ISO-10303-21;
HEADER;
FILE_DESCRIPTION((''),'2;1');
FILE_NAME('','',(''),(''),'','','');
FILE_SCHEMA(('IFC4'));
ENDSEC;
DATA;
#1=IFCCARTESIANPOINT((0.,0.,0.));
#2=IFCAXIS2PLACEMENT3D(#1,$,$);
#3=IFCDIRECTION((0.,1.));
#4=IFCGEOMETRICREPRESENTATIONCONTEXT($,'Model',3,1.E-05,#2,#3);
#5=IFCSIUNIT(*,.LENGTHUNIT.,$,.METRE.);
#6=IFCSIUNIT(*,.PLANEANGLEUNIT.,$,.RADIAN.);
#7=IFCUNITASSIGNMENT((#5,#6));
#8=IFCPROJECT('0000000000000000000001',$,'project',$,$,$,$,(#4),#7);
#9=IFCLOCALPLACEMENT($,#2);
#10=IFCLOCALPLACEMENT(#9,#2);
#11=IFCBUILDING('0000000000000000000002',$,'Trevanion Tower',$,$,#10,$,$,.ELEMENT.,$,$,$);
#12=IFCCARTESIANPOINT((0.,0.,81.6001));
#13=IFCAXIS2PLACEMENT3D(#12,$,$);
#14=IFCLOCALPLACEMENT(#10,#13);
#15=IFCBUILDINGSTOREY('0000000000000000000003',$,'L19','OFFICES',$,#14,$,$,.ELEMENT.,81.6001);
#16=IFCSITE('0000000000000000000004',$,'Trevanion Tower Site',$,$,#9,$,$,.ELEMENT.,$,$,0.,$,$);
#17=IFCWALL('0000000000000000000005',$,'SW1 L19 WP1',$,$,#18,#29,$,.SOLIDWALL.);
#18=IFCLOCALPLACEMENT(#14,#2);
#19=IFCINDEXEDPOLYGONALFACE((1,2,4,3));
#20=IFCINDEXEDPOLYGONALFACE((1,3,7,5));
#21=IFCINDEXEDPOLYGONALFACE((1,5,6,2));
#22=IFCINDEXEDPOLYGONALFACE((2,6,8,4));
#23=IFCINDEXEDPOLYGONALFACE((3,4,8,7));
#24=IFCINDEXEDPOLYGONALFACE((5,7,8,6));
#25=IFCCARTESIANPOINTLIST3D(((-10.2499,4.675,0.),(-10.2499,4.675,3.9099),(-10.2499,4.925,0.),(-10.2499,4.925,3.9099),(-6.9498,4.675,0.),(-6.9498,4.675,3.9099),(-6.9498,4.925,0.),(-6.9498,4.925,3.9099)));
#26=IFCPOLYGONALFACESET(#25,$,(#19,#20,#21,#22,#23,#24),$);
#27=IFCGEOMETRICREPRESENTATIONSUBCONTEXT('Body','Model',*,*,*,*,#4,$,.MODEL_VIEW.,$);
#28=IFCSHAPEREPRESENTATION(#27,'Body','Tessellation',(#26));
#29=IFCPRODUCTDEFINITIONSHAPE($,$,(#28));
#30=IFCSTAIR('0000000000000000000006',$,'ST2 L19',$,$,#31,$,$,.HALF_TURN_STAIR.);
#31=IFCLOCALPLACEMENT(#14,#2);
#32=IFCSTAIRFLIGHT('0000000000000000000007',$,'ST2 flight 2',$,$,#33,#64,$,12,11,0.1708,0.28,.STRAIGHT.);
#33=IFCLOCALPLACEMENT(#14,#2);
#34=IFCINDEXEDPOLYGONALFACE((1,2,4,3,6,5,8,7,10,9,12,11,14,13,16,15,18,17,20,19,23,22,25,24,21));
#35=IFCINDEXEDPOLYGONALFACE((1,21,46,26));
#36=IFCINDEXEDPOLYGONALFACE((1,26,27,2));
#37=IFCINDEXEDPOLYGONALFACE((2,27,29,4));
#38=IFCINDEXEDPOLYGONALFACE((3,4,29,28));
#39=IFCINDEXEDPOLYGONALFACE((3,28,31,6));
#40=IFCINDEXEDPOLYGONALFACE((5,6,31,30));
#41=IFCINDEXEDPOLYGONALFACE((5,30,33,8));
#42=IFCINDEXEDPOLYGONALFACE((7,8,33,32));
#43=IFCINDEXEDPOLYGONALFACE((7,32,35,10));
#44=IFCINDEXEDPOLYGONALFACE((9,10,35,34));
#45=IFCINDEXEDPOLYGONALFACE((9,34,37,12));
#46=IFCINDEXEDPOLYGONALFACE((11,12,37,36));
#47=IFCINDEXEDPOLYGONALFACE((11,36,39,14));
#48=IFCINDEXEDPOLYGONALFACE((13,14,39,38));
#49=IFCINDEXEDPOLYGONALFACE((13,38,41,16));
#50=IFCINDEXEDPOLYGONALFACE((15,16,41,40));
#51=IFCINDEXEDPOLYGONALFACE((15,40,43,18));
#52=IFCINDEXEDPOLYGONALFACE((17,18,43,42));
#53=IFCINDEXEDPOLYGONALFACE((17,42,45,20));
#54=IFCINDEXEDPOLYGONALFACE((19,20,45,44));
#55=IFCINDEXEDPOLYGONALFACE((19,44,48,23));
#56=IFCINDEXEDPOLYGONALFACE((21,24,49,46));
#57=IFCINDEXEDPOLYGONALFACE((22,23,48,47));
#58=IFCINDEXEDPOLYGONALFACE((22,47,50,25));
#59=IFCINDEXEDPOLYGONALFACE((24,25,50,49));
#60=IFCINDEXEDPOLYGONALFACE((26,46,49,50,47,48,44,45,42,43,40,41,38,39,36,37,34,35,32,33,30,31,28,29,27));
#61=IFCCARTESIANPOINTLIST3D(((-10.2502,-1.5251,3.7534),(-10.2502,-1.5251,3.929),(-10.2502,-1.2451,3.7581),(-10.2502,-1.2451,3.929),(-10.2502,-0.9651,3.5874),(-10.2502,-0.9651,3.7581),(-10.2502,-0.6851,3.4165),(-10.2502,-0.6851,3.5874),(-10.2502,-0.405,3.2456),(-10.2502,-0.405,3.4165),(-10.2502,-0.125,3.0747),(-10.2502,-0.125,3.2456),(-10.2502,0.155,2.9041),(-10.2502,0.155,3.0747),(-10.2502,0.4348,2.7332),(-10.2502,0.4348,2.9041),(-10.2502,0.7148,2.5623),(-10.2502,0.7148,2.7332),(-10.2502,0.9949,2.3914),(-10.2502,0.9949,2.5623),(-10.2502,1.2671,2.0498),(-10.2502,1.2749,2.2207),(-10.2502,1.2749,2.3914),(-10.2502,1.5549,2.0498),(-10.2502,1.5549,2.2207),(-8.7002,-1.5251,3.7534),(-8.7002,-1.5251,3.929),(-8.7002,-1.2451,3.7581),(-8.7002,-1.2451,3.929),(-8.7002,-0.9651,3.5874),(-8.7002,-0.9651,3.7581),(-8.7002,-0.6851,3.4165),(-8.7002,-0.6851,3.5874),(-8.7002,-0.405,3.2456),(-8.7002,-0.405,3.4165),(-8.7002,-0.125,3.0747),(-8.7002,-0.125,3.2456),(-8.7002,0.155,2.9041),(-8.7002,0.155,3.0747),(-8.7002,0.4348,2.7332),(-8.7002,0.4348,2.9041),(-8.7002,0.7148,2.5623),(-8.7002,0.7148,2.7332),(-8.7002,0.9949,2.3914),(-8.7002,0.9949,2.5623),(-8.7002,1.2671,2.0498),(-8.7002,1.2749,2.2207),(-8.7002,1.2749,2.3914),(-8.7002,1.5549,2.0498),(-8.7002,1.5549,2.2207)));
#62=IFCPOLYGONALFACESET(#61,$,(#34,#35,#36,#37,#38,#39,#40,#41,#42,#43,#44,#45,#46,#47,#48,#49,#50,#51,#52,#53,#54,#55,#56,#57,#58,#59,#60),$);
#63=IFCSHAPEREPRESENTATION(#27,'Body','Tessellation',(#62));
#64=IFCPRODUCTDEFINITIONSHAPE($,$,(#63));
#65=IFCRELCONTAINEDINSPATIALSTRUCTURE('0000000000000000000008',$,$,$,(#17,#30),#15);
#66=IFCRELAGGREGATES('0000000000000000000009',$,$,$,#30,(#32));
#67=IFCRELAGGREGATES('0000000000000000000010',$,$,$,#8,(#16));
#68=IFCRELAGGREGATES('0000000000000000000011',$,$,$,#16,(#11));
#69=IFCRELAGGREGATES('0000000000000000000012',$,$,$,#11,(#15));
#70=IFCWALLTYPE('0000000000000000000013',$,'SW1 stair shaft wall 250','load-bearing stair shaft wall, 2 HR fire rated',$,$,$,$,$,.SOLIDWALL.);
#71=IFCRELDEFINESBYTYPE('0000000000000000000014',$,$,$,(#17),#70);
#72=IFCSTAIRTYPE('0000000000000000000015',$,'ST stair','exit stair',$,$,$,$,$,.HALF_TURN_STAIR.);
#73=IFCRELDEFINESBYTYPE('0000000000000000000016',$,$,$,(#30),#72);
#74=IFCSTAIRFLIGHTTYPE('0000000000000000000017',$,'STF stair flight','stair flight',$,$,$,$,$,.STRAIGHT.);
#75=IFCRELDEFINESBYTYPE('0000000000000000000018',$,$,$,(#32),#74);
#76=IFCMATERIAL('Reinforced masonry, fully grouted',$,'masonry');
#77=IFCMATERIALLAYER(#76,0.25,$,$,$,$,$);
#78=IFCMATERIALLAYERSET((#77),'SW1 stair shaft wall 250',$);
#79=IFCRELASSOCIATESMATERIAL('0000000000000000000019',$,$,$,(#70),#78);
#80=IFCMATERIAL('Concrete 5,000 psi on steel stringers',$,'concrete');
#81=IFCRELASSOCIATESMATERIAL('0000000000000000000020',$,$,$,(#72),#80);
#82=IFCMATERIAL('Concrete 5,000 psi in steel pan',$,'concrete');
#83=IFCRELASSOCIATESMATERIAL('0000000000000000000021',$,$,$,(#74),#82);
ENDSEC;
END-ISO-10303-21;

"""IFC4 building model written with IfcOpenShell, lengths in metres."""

from ifc_helpers import new_model, si_unit, direction, frame, frame_2d, origin, place, context, subcontext, project, spatial, polyline, rectangle, outline, extrude, material, layer, layer_set, type_object, element, aggregate, save


model = new_model("IFC4")

# Units and contexts
model_context = context("Model", 3, precision=1e-05, world=origin(), true_north=direction((0.0, 1.0)))
body_context = subcontext(model_context, "Body", "Model", "MODEL_VIEW")
ifc_project = project(units=[si_unit("LENGTHUNIT", "METRE"), si_unit("PLANEANGLEUNIT", "RADIAN")], contexts=[model_context])

# Site, building, storey
site_placement = place(None, origin())
site = spatial("IfcSite", under=ifc_project, at=site_placement, Name="Trevanion Tower Site", CompositionType="ELEMENT", RefElevation=0.0)
building_placement = place(site_placement, origin())
building = spatial("IfcBuilding", under=site, at=building_placement, Name="Trevanion Tower", CompositionType="ELEMENT")
storey_placement = place(building_placement, frame((0.0, 0.0, 81.6001)))
storey = spatial("IfcBuildingStorey", under=building, at=storey_placement, Name="L19", Description="OFFICES", CompositionType="ELEMENT", Elevation=81.6001)

# Wall
ifc_material_1 = material(Name="Reinforced masonry, fully grouted", Category="masonry")
ifc_layer_1 = layer(ifc_material_1, 0.25)
ifc_layer_set_1 = layer_set([ifc_layer_1], Name="SW1 stair shaft wall 250")
wall_type_1 = type_object("IfcWallType", Name="SW1 stair shaft wall 250", Description="load-bearing stair shaft wall, 2 HR fire rated", PredefinedType="SOLIDWALL", material=ifc_layer_set_1)
wall_1_placement = place(storey_placement, frame((-6.95, 4.8, 0.0), z_axis=(0.0, 0.0, 1.0), x_axis=(-1.0, 0.0, 0.0)))
element("IfcWall", 1, at=wall_1_placement, inside=storey, type_object=wall_type_1, Name="SW1 L19 WP1", PredefinedType="SOLIDWALL", context=body_context, shape_type="SweptSolid", body=[
    extrude(rectangle(XDim=3.3, YDim=0.25, at=frame_2d((1.6499, 0.0))), origin(), (0.0, 0.0, 1.0), 3.9099),
])

# Stair, stair flight
ifc_material_2 = material(Name="Concrete 5,000 psi on steel stringers", Category="concrete")
stair_type = type_object("IfcStairType", Name="ST stair", Description="exit stair", PredefinedType="HALF_TURN_STAIR", material=ifc_material_2)
stair_placement = place(storey_placement, origin())
stair = element("IfcStair", 2, at=stair_placement, inside=storey, type_object=stair_type, Name="ST2 L19", PredefinedType="HALF_TURN_STAIR")
ifc_material_3 = material(Name="Concrete 5,000 psi in steel pan", Category="concrete")
stair_flight_type = type_object("IfcStairFlightType", Name="STF stair flight", Description="stair flight", PredefinedType="STRAIGHT", material=ifc_material_3)
stair_flight_placement = place(storey_placement, frame((-9.4751, 1.5549, 2.0498), z_axis=(0.0, 0.0, 1.0), x_axis=(0.0, -1.0, 0.0)))
stair_flight = element("IfcStairFlight", 3, at=stair_flight_placement, type_object=stair_flight_type, Name="ST2 flight 2", NumberOfRisers=12, NumberOfTreads=11, PredefinedType="STRAIGHT", RiserHeight=0.1708, TreadLength=0.28, context=body_context, shape_type="SweptSolid", body=[
    extrude(outline(polyline([(0.0, 0.0), (0.0, 0.1709), (0.28, 0.1709), (0.28, 0.3416), (0.5601, 0.3416), (0.5601, 0.5125), (0.8401, 0.5125), (0.8401, 0.6833), (1.1201, 0.6833), (1.1201, 0.8542), (1.3999, 0.8542), (1.3999, 1.0249), (1.6799, 1.0249), (1.6799, 1.1958), (1.96, 1.1958), (1.96, 1.3667), (2.24, 1.3667), (2.24, 1.5376), (2.52, 1.5376), (2.52, 1.7083), (2.8, 1.7083), (2.8, 1.8792), (3.0801, 1.8792), (3.0801, 2.05), (3.0801, 1.7036), (0.2878, 0.0), (0.0, 0.0)])), frame((0.0, 0.7749, 0.0), z_axis=(0.0, -1.0, 0.0), x_axis=(1.0, 0.0, 0.0)), (0.0, 0.0, 1.0), 1.55),
])
aggregate(stair, [stair_flight])

save(model, "model.ifc")
